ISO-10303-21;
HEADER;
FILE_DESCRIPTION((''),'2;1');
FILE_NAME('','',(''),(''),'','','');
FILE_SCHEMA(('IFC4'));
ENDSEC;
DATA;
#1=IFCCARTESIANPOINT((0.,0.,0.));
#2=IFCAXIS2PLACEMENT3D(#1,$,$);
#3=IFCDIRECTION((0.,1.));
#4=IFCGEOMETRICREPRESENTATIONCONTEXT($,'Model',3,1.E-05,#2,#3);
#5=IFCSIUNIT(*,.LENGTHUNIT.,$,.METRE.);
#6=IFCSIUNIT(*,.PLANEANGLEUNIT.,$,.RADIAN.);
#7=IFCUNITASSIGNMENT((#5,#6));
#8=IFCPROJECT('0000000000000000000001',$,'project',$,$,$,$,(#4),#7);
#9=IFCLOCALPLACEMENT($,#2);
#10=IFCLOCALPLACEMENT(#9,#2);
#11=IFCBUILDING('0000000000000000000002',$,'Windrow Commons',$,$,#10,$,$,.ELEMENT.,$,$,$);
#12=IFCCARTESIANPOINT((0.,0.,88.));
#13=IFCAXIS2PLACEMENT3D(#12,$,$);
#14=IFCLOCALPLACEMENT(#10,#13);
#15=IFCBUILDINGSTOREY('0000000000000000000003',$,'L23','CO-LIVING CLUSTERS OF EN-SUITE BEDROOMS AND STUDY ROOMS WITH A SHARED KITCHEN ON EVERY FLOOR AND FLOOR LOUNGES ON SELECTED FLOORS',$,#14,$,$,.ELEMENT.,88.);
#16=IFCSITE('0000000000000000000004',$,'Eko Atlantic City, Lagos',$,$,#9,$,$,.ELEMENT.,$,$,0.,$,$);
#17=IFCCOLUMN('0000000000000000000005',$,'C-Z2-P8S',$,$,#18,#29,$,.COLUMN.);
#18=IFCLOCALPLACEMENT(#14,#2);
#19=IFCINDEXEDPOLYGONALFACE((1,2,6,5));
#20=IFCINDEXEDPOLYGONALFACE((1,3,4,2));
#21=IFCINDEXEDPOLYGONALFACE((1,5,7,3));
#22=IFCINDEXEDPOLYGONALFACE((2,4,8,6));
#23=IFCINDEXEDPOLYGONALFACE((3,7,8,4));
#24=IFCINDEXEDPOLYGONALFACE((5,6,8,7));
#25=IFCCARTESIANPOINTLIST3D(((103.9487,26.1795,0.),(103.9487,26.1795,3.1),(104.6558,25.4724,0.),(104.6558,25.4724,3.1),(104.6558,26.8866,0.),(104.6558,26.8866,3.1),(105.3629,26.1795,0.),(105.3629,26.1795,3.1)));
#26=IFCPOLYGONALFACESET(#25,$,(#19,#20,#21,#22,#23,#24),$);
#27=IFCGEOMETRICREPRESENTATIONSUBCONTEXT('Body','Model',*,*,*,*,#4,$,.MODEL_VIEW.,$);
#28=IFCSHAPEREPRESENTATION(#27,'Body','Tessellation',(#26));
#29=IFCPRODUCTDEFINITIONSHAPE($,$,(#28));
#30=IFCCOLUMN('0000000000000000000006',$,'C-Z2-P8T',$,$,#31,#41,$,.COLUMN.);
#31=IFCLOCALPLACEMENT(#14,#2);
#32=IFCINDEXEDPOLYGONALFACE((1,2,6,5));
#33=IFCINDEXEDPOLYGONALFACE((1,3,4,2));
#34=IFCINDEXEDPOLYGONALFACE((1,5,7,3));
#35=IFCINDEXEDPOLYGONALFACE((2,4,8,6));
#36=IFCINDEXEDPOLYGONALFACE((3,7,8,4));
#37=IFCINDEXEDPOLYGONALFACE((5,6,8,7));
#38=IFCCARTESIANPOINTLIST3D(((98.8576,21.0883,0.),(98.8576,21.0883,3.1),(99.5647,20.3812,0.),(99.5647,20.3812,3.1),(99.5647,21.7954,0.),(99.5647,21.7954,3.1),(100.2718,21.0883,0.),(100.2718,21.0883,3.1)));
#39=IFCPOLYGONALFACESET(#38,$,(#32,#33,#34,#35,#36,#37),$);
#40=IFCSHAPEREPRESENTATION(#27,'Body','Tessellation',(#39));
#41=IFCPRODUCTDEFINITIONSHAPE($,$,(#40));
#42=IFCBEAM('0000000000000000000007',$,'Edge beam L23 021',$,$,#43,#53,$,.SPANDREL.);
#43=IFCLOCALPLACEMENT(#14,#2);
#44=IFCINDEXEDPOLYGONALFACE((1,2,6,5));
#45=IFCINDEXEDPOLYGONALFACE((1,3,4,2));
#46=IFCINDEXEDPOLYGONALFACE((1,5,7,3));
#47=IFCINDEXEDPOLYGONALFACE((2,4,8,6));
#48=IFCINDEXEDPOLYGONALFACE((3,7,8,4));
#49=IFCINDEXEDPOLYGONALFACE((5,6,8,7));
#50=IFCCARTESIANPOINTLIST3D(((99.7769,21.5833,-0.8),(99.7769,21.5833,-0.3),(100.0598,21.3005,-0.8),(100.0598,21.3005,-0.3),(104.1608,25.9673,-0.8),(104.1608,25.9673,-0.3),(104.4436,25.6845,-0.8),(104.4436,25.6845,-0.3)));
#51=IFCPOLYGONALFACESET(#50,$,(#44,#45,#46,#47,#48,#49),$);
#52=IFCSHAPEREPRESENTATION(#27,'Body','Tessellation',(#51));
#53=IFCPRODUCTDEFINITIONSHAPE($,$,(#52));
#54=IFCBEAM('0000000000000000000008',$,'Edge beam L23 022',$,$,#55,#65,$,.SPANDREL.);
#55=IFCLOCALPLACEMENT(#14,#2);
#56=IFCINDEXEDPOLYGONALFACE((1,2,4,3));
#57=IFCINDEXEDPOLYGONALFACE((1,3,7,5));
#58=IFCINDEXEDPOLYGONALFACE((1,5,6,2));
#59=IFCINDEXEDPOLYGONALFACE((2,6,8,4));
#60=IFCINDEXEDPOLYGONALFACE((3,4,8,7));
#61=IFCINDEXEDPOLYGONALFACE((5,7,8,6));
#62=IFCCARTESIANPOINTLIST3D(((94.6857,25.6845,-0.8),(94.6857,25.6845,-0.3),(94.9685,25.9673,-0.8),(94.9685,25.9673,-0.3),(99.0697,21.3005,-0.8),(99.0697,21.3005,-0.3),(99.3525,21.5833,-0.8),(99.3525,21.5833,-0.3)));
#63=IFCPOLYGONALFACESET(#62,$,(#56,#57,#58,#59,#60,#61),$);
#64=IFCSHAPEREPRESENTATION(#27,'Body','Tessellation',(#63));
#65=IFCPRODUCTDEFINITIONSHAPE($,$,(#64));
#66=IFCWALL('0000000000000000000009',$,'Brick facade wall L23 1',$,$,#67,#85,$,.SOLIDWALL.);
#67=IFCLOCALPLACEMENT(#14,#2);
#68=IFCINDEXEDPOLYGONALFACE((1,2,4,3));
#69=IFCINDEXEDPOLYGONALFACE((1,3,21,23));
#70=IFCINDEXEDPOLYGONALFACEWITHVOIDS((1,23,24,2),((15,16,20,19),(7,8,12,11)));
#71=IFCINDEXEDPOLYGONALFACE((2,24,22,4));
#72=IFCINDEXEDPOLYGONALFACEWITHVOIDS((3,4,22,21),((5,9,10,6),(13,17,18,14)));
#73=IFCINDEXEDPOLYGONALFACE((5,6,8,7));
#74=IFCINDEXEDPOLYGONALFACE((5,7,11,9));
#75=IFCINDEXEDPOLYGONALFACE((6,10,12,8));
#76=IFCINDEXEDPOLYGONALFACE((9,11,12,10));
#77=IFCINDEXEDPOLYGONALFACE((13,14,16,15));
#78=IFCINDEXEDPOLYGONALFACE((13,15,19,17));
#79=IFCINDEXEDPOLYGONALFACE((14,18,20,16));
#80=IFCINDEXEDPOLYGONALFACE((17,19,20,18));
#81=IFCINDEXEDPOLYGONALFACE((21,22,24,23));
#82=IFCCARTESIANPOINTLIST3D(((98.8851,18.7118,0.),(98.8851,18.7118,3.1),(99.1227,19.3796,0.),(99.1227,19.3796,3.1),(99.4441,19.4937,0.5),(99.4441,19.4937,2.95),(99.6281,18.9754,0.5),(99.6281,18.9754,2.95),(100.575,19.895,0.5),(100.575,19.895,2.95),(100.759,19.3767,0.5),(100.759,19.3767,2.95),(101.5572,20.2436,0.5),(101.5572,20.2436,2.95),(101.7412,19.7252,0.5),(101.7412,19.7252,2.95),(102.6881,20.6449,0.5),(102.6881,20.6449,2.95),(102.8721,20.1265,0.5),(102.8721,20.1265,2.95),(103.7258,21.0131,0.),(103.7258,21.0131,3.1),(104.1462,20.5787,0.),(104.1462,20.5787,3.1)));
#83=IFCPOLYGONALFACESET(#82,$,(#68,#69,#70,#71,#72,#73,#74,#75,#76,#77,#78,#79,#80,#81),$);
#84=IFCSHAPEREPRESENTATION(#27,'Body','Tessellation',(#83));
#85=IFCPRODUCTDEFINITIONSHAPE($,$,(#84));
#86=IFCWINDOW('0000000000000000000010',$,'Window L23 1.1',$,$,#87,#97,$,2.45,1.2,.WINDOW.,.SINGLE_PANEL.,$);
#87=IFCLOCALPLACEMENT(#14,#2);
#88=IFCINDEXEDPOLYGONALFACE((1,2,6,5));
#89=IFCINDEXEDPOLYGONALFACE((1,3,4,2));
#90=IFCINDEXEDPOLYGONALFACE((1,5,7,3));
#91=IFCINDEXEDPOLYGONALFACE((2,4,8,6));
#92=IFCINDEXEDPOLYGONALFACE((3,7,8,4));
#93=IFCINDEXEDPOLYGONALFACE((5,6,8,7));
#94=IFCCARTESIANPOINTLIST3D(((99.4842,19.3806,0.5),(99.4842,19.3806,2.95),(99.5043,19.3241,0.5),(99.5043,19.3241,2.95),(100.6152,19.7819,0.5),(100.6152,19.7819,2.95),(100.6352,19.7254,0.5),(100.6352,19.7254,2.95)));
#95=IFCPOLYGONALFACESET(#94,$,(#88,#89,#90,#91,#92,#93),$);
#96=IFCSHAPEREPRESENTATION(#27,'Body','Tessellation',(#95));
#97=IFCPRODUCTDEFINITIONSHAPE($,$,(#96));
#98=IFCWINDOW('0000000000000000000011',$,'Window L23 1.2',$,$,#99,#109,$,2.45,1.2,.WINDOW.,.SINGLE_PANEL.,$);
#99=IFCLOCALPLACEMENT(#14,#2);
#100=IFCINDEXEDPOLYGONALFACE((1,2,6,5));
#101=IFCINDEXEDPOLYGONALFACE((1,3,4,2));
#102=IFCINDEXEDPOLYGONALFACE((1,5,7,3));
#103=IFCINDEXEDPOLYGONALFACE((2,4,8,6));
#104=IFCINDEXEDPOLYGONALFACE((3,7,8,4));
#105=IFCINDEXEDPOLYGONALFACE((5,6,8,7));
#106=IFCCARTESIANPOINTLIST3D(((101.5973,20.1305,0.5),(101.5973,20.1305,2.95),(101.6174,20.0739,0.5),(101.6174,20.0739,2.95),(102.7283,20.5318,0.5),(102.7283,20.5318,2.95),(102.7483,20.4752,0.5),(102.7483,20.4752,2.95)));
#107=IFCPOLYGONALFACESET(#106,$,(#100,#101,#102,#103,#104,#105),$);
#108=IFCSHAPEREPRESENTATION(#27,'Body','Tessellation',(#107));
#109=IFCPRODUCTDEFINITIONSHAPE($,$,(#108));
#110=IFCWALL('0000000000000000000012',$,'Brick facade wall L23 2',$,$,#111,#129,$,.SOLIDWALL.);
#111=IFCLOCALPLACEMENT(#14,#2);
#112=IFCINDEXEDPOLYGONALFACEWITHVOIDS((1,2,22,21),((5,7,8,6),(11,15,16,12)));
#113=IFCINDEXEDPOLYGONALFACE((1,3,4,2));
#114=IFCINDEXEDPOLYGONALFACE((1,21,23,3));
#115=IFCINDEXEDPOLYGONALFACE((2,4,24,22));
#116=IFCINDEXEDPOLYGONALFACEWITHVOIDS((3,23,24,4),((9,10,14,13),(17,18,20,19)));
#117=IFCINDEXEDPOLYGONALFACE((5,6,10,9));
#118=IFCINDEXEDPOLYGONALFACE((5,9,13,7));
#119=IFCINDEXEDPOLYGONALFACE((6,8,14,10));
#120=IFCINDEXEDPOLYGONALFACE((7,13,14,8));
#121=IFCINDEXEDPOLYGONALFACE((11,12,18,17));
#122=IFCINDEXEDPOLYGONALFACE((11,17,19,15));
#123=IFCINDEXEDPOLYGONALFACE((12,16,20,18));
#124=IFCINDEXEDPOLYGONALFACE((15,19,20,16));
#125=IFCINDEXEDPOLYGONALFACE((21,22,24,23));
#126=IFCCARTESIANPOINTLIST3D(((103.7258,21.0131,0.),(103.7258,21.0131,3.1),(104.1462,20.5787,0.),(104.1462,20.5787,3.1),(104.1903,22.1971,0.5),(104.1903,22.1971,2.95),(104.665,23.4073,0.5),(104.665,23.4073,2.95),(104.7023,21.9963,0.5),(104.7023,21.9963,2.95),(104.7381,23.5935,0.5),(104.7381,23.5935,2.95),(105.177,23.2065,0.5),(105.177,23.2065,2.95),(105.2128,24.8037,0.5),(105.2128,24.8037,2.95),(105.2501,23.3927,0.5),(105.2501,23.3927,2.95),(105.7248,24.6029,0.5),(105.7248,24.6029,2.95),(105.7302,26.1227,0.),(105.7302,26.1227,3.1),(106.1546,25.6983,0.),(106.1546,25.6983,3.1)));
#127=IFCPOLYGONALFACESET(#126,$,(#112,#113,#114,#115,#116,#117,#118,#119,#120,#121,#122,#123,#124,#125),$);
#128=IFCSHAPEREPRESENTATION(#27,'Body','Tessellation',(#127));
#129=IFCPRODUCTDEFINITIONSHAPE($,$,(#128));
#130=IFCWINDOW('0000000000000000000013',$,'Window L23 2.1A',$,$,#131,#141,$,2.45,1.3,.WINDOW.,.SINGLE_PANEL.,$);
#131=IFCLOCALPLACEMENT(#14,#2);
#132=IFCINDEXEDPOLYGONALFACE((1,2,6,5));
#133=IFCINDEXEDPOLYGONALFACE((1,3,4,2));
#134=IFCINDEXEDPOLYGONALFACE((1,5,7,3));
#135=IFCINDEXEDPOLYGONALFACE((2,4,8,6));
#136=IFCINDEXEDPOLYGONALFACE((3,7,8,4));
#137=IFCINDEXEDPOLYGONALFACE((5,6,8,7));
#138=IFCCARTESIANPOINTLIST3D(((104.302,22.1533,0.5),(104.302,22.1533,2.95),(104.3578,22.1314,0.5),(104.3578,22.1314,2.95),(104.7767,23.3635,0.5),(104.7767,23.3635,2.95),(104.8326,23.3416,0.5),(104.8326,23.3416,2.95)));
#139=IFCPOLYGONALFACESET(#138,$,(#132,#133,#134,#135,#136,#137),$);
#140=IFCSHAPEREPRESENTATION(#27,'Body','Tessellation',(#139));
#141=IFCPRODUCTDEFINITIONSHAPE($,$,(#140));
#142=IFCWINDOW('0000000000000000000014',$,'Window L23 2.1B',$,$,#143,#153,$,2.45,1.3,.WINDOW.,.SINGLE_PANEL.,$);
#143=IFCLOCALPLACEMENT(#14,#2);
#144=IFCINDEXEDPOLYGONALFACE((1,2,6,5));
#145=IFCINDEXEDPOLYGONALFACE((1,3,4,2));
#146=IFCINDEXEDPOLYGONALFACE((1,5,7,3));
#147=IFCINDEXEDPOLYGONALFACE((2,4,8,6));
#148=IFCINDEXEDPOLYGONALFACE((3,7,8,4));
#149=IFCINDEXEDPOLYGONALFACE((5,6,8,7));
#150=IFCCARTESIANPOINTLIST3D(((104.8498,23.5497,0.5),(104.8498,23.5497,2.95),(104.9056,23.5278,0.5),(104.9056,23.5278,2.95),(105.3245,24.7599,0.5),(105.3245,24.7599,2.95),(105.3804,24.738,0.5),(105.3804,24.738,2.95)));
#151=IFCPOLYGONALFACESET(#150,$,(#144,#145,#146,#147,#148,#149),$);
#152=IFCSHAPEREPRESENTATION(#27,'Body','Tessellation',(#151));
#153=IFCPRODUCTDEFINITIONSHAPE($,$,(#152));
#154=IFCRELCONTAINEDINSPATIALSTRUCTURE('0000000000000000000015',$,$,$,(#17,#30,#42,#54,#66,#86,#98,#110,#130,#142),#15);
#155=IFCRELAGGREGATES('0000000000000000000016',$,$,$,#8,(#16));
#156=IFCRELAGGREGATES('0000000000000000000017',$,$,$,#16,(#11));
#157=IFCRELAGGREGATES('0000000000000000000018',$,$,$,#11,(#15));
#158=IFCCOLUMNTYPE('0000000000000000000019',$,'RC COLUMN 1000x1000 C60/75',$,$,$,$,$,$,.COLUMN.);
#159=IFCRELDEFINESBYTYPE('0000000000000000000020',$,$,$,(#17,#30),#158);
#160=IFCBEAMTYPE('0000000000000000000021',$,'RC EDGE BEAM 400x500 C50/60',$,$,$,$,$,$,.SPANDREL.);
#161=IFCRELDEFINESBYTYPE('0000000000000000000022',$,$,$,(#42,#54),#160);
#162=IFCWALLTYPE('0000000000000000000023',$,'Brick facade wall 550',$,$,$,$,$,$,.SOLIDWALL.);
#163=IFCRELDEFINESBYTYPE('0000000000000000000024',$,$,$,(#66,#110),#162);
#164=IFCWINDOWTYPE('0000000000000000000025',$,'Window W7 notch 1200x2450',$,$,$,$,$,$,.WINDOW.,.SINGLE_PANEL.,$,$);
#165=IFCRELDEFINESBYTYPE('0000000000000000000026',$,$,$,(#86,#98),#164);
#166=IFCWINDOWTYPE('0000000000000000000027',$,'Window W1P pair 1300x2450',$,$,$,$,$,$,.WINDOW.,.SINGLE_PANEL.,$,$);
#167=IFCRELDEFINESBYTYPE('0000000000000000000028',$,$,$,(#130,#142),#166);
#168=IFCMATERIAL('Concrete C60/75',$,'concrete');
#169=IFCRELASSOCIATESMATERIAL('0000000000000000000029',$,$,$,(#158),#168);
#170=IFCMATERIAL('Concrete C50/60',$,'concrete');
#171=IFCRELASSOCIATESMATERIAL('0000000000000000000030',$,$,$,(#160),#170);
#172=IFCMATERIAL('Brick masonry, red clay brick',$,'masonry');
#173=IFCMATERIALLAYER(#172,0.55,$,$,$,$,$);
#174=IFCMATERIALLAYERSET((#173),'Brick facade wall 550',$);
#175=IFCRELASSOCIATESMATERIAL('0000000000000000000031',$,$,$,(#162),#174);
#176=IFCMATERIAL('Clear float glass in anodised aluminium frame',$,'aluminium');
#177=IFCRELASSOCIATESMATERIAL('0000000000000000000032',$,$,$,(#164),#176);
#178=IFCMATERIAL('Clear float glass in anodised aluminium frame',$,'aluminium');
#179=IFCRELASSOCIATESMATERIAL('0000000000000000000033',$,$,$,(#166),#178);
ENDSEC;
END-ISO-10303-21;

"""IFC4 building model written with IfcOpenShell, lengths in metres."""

from ifc_helpers import new_model, si_unit, direction, frame, frame_2d, origin, origin_2d, place, context, subcontext, project, spatial, polyline, rectangle, outline, extrude, material, layer, layer_set, material_profile, profile_set, type_object, element, fill, save


model = new_model("IFC4")

# Units and contexts
model_context = context("Model", 3, precision=1e-05, world=origin(), true_north=direction((0.0, 1.0)))
body_context = subcontext(model_context, "Body", "Model", "MODEL_VIEW")
ifc_project = project(units=[si_unit("LENGTHUNIT", "METRE"), si_unit("PLANEANGLEUNIT", "RADIAN")], contexts=[model_context])

# Site, building, storey
site_placement = place(None, origin())
site = spatial("IfcSite", under=ifc_project, at=site_placement, Name="Eko Atlantic City, Lagos", CompositionType="ELEMENT", RefElevation=0.0)
building_placement = place(site_placement, origin())
building = spatial("IfcBuilding", under=site, at=building_placement, Name="Windrow Commons", CompositionType="ELEMENT")
storey_placement = place(building_placement, frame((0.0, 0.0, 88.0)))
storey = spatial("IfcBuildingStorey", under=building, at=storey_placement, Name="L23", Description="CO-LIVING CLUSTERS OF EN-SUITE BEDROOMS AND STUDY ROOMS WITH A SHARED KITCHEN ON EVERY FLOOR AND FLOOR LOUNGES ON SELECTED FLOORS", CompositionType="ELEMENT", Elevation=88.0)

# Columns
ifc_material_1 = material(Name="Concrete C60/75", Category="concrete")
ifc_material_profile_1 = material_profile(ifc_material_1, rectangle(XDim=1.0, YDim=1.0, at=origin_2d()))
ifc_profile_set_1 = profile_set([ifc_material_profile_1], Name="Concrete C60/75")
column_type = type_object("IfcColumnType", Name="RC COLUMN 1000x1000 C60/75", PredefinedType="COLUMN", material=ifc_profile_set_1)
for number, where, z_axis, x_axis, name in (
    (1, (104.6558, 26.1795, 0.0), (0.0, 0.0, 1.0), (0.707107, -0.707107, 0.0), "C-Z2-P8S"),
    (2, (99.5647, 21.0883, 0.0), (0.0, 0.0, 1.0), (0.707107, -0.707107, 0.0), "C-Z2-P8T"),
):
    element("IfcColumn", number, at=place(storey_placement, frame(where, z_axis=z_axis, x_axis=x_axis)), inside=storey, type_object=column_type, Name=name, PredefinedType="COLUMN", context=body_context, shape_type="SweptSolid", body=[
        extrude(rectangle(XDim=1.0, YDim=1.0, at=origin_2d()), origin(), (0.0, 0.0, 1.0), 3.1),
    ])

# Beams
ifc_material_2 = material(Name="Concrete C50/60", Category="concrete")
ifc_material_profile_2 = material_profile(ifc_material_2, rectangle(XDim=0.4, YDim=0.5, at=origin_2d()))
ifc_profile_set_2 = profile_set([ifc_material_profile_2], Name="Concrete C50/60")
beam_type = type_object("IfcBeamType", Name="RC EDGE BEAM 400x500 C50/60", PredefinedType="SPANDREL", material=ifc_profile_set_2)
beam_1_placement = place(storey_placement, frame((104.3022, 25.8259, -0.55), z_axis=(-0.707099, -0.707115, 0.0), x_axis=(0.707115, -0.707099, 0.0)))
element("IfcBeam", 3, at=beam_1_placement, inside=storey, type_object=beam_type, Name="Edge beam L23 021", PredefinedType="SPANDREL", context=body_context, shape_type="SweptSolid", body=[
    extrude(rectangle(XDim=0.4, YDim=0.5, at=origin_2d()), origin(), (0.0, 0.0, 1.0), 6.1998),
])
beam_2_placement = place(storey_placement, frame((99.2111, 21.4419, -0.55), z_axis=(-0.707107, 0.707107, 0.0), x_axis=(-0.707107, -0.707107, 0.0)))
element("IfcBeam", 4, at=beam_2_placement, inside=storey, type_object=beam_type, Name="Edge beam L23 022", PredefinedType="SPANDREL", context=body_context, shape_type="SweptSolid", body=[
    extrude(rectangle(XDim=0.4, YDim=0.5, at=origin_2d()), origin(), (0.0, 0.0, 1.0), 6.1999),
])

# Walls, openings, windows
ifc_material_3 = material(Name="Brick masonry, red clay brick", Category="masonry")
ifc_layer_1 = layer(ifc_material_3, 0.55)
ifc_layer_set_1 = layer_set([ifc_layer_1], Name="Brick facade wall 550")
wall_type_1 = type_object("IfcWallType", Name="Brick facade wall 550", PredefinedType="SOLIDWALL", material=ifc_layer_set_1)
wall_1_placement = place(storey_placement, frame((99.0039, 19.0457, 0.0), z_axis=(0.0, 0.0, 1.0), x_axis=(0.942422, 0.334427, 0.0)))
wall_1 = element("IfcWall", 5, at=wall_1_placement, inside=storey, type_object=wall_type_1, Name="Brick facade wall L23 1", PredefinedType="SOLIDWALL", context=body_context, shape_type="SweptSolid", body=[
    extrude(outline(polyline([(-0.2236, -0.275), (5.3589, -0.275), (5.108, 0.275), (0.2236, 0.275), (-0.2236, -0.275)])), origin(), (0.0, 0.0, 1.0), 3.1),
])
opening_1_placement = place(wall_1_placement, frame((0.5647, 0.0, 0.5)))
opening_1 = element("IfcOpeningElement", 6, at=opening_1_placement, cuts=wall_1, PredefinedType="OPENING", context=body_context, shape_type="SweptSolid", body=[
    extrude(rectangle(XDim=1.2, YDim=2.45, at=frame_2d((0.6, 1.225))), frame((0.0, 0.285, 0.0), z_axis=(0.0, -1.0, 0.0), x_axis=(1.0, 0.0, 0.0)), (0.0, 0.0, 1.0), 0.57),
])
opening_2_placement = place(wall_1_placement, frame((2.8069, 0.0, 0.5)))
opening_2 = element("IfcOpeningElement", 7, at=opening_2_placement, cuts=wall_1, PredefinedType="OPENING", context=body_context, shape_type="SweptSolid", body=[
    extrude(rectangle(XDim=1.2, YDim=2.45, at=frame_2d((0.6, 1.225))), frame((0.0, 0.285, 0.0), z_axis=(0.0, -1.0, 0.0), x_axis=(1.0, 0.0, 0.0)), (0.0, 0.0, 1.0), 0.57),
])
ifc_material_4 = material(Name="Clear float glass in anodised aluminium frame", Category="aluminium")
window_type_1 = type_object("IfcWindowType", Name="Window W7 notch 1200x2450", PartitioningType="SINGLE_PANEL", PredefinedType="WINDOW", material=ifc_material_4)
window_1_placement = place(opening_1_placement, origin())
window_1 = element("IfcWindow", 8, at=window_1_placement, inside=storey, type_object=window_type_1, Name="Window L23 1.1", OverallHeight=2.45, OverallWidth=1.2, PartitioningType="SINGLE_PANEL", PredefinedType="WINDOW", context=body_context, shape_type="SweptSolid", body=[
    extrude(rectangle(XDim=1.2, YDim=2.45, at=frame_2d((0.6, 1.225))), frame((0.0, 0.155, 0.0), z_axis=(0.0, -1.0, 0.0), x_axis=(1.0, 0.0, 0.0)), (0.0, 0.0, 1.0), 0.06),
])
fill(opening_1, window_1)
window_2_placement = place(opening_2_placement, origin())
window_2 = element("IfcWindow", 9, at=window_2_placement, inside=storey, type_object=window_type_1, Name="Window L23 1.2", OverallHeight=2.45, OverallWidth=1.2, PartitioningType="SINGLE_PANEL", PredefinedType="WINDOW", context=body_context, shape_type="SweptSolid", body=[
    extrude(rectangle(XDim=1.2, YDim=2.45, at=frame_2d((0.6, 1.225))), frame((0.0, 0.155, 0.0), z_axis=(0.0, -1.0, 0.0), x_axis=(1.0, 0.0, 0.0)), (0.0, 0.0, 1.0), 0.06),
])
fill(opening_2, window_2)
wall_2_placement = place(storey_placement, frame((103.936, 20.7959, 0.0), z_axis=(0.0, 0.0, 1.0), x_axis=(0.365194, 0.930931, 0.0)))
wall_2 = element("IfcWall", 10, at=wall_2_placement, inside=storey, type_object=wall_type_1, Name="Brick facade wall L23 2", PredefinedType="SOLIDWALL", context=body_context, shape_type="SweptSolid", body=[
    extrude(outline(polyline([(-0.1254, -0.275), (5.374, -0.275), (5.6141, 0.275), (0.1254, 0.275), (-0.1254, -0.275)])), origin(), (0.0, 0.0, 1.0), 3.1),
])
opening_3_placement = place(wall_2_placement, frame((1.3973, 0.0, 0.5)))
opening_3 = element("IfcOpeningElement", 11, at=opening_3_placement, cuts=wall_2, PredefinedType="OPENING", context=body_context, shape_type="SweptSolid", body=[
    extrude(rectangle(XDim=1.3, YDim=2.45, at=frame_2d((0.65, 1.225))), frame((0.0, 0.285, 0.0), z_axis=(0.0, -1.0, 0.0), x_axis=(1.0, 0.0, 0.0)), (0.0, 0.0, 1.0), 0.57),
])
opening_4_placement = place(wall_2_placement, frame((2.8973, 0.0, 0.5)))
opening_4 = element("IfcOpeningElement", 12, at=opening_4_placement, cuts=wall_2, PredefinedType="OPENING", context=body_context, shape_type="SweptSolid", body=[
    extrude(rectangle(XDim=1.3, YDim=2.45, at=frame_2d((0.65, 1.225))), frame((0.0, 0.285, 0.0), z_axis=(0.0, -1.0, 0.0), x_axis=(1.0, 0.0, 0.0)), (0.0, 0.0, 1.0), 0.57),
])
ifc_material_5 = material(Name="Clear float glass in anodised aluminium frame", Category="aluminium")
window_type_2 = type_object("IfcWindowType", Name="Window W1P pair 1300x2450", PartitioningType="SINGLE_PANEL", PredefinedType="WINDOW", material=ifc_material_5)
window_3_placement = place(opening_3_placement, origin())
window_3 = element("IfcWindow", 13, at=window_3_placement, inside=storey, type_object=window_type_2, Name="Window L23 2.1A", OverallHeight=2.45, OverallWidth=1.3, PartitioningType="SINGLE_PANEL", PredefinedType="WINDOW", context=body_context, shape_type="SweptSolid", body=[
    extrude(rectangle(XDim=1.3, YDim=2.45, at=frame_2d((0.65, 1.225))), frame((0.0, 0.155, 0.0), z_axis=(0.0, -1.0, 0.0), x_axis=(1.0, 0.0, 0.0)), (0.0, 0.0, 1.0), 0.06),
])
fill(opening_3, window_3)
window_4_placement = place(opening_4_placement, origin())
window_4 = element("IfcWindow", 14, at=window_4_placement, inside=storey, type_object=window_type_2, Name="Window L23 2.1B", OverallHeight=2.45, OverallWidth=1.3, PartitioningType="SINGLE_PANEL", PredefinedType="WINDOW", context=body_context, shape_type="SweptSolid", body=[
    extrude(rectangle(XDim=1.3, YDim=2.45, at=frame_2d((0.65, 1.225))), frame((0.0, 0.155, 0.0), z_axis=(0.0, -1.0, 0.0), x_axis=(1.0, 0.0, 0.0)), (0.0, 0.0, 1.0), 0.06),
])
fill(opening_4, window_4)

save(model, "model.ifc")
